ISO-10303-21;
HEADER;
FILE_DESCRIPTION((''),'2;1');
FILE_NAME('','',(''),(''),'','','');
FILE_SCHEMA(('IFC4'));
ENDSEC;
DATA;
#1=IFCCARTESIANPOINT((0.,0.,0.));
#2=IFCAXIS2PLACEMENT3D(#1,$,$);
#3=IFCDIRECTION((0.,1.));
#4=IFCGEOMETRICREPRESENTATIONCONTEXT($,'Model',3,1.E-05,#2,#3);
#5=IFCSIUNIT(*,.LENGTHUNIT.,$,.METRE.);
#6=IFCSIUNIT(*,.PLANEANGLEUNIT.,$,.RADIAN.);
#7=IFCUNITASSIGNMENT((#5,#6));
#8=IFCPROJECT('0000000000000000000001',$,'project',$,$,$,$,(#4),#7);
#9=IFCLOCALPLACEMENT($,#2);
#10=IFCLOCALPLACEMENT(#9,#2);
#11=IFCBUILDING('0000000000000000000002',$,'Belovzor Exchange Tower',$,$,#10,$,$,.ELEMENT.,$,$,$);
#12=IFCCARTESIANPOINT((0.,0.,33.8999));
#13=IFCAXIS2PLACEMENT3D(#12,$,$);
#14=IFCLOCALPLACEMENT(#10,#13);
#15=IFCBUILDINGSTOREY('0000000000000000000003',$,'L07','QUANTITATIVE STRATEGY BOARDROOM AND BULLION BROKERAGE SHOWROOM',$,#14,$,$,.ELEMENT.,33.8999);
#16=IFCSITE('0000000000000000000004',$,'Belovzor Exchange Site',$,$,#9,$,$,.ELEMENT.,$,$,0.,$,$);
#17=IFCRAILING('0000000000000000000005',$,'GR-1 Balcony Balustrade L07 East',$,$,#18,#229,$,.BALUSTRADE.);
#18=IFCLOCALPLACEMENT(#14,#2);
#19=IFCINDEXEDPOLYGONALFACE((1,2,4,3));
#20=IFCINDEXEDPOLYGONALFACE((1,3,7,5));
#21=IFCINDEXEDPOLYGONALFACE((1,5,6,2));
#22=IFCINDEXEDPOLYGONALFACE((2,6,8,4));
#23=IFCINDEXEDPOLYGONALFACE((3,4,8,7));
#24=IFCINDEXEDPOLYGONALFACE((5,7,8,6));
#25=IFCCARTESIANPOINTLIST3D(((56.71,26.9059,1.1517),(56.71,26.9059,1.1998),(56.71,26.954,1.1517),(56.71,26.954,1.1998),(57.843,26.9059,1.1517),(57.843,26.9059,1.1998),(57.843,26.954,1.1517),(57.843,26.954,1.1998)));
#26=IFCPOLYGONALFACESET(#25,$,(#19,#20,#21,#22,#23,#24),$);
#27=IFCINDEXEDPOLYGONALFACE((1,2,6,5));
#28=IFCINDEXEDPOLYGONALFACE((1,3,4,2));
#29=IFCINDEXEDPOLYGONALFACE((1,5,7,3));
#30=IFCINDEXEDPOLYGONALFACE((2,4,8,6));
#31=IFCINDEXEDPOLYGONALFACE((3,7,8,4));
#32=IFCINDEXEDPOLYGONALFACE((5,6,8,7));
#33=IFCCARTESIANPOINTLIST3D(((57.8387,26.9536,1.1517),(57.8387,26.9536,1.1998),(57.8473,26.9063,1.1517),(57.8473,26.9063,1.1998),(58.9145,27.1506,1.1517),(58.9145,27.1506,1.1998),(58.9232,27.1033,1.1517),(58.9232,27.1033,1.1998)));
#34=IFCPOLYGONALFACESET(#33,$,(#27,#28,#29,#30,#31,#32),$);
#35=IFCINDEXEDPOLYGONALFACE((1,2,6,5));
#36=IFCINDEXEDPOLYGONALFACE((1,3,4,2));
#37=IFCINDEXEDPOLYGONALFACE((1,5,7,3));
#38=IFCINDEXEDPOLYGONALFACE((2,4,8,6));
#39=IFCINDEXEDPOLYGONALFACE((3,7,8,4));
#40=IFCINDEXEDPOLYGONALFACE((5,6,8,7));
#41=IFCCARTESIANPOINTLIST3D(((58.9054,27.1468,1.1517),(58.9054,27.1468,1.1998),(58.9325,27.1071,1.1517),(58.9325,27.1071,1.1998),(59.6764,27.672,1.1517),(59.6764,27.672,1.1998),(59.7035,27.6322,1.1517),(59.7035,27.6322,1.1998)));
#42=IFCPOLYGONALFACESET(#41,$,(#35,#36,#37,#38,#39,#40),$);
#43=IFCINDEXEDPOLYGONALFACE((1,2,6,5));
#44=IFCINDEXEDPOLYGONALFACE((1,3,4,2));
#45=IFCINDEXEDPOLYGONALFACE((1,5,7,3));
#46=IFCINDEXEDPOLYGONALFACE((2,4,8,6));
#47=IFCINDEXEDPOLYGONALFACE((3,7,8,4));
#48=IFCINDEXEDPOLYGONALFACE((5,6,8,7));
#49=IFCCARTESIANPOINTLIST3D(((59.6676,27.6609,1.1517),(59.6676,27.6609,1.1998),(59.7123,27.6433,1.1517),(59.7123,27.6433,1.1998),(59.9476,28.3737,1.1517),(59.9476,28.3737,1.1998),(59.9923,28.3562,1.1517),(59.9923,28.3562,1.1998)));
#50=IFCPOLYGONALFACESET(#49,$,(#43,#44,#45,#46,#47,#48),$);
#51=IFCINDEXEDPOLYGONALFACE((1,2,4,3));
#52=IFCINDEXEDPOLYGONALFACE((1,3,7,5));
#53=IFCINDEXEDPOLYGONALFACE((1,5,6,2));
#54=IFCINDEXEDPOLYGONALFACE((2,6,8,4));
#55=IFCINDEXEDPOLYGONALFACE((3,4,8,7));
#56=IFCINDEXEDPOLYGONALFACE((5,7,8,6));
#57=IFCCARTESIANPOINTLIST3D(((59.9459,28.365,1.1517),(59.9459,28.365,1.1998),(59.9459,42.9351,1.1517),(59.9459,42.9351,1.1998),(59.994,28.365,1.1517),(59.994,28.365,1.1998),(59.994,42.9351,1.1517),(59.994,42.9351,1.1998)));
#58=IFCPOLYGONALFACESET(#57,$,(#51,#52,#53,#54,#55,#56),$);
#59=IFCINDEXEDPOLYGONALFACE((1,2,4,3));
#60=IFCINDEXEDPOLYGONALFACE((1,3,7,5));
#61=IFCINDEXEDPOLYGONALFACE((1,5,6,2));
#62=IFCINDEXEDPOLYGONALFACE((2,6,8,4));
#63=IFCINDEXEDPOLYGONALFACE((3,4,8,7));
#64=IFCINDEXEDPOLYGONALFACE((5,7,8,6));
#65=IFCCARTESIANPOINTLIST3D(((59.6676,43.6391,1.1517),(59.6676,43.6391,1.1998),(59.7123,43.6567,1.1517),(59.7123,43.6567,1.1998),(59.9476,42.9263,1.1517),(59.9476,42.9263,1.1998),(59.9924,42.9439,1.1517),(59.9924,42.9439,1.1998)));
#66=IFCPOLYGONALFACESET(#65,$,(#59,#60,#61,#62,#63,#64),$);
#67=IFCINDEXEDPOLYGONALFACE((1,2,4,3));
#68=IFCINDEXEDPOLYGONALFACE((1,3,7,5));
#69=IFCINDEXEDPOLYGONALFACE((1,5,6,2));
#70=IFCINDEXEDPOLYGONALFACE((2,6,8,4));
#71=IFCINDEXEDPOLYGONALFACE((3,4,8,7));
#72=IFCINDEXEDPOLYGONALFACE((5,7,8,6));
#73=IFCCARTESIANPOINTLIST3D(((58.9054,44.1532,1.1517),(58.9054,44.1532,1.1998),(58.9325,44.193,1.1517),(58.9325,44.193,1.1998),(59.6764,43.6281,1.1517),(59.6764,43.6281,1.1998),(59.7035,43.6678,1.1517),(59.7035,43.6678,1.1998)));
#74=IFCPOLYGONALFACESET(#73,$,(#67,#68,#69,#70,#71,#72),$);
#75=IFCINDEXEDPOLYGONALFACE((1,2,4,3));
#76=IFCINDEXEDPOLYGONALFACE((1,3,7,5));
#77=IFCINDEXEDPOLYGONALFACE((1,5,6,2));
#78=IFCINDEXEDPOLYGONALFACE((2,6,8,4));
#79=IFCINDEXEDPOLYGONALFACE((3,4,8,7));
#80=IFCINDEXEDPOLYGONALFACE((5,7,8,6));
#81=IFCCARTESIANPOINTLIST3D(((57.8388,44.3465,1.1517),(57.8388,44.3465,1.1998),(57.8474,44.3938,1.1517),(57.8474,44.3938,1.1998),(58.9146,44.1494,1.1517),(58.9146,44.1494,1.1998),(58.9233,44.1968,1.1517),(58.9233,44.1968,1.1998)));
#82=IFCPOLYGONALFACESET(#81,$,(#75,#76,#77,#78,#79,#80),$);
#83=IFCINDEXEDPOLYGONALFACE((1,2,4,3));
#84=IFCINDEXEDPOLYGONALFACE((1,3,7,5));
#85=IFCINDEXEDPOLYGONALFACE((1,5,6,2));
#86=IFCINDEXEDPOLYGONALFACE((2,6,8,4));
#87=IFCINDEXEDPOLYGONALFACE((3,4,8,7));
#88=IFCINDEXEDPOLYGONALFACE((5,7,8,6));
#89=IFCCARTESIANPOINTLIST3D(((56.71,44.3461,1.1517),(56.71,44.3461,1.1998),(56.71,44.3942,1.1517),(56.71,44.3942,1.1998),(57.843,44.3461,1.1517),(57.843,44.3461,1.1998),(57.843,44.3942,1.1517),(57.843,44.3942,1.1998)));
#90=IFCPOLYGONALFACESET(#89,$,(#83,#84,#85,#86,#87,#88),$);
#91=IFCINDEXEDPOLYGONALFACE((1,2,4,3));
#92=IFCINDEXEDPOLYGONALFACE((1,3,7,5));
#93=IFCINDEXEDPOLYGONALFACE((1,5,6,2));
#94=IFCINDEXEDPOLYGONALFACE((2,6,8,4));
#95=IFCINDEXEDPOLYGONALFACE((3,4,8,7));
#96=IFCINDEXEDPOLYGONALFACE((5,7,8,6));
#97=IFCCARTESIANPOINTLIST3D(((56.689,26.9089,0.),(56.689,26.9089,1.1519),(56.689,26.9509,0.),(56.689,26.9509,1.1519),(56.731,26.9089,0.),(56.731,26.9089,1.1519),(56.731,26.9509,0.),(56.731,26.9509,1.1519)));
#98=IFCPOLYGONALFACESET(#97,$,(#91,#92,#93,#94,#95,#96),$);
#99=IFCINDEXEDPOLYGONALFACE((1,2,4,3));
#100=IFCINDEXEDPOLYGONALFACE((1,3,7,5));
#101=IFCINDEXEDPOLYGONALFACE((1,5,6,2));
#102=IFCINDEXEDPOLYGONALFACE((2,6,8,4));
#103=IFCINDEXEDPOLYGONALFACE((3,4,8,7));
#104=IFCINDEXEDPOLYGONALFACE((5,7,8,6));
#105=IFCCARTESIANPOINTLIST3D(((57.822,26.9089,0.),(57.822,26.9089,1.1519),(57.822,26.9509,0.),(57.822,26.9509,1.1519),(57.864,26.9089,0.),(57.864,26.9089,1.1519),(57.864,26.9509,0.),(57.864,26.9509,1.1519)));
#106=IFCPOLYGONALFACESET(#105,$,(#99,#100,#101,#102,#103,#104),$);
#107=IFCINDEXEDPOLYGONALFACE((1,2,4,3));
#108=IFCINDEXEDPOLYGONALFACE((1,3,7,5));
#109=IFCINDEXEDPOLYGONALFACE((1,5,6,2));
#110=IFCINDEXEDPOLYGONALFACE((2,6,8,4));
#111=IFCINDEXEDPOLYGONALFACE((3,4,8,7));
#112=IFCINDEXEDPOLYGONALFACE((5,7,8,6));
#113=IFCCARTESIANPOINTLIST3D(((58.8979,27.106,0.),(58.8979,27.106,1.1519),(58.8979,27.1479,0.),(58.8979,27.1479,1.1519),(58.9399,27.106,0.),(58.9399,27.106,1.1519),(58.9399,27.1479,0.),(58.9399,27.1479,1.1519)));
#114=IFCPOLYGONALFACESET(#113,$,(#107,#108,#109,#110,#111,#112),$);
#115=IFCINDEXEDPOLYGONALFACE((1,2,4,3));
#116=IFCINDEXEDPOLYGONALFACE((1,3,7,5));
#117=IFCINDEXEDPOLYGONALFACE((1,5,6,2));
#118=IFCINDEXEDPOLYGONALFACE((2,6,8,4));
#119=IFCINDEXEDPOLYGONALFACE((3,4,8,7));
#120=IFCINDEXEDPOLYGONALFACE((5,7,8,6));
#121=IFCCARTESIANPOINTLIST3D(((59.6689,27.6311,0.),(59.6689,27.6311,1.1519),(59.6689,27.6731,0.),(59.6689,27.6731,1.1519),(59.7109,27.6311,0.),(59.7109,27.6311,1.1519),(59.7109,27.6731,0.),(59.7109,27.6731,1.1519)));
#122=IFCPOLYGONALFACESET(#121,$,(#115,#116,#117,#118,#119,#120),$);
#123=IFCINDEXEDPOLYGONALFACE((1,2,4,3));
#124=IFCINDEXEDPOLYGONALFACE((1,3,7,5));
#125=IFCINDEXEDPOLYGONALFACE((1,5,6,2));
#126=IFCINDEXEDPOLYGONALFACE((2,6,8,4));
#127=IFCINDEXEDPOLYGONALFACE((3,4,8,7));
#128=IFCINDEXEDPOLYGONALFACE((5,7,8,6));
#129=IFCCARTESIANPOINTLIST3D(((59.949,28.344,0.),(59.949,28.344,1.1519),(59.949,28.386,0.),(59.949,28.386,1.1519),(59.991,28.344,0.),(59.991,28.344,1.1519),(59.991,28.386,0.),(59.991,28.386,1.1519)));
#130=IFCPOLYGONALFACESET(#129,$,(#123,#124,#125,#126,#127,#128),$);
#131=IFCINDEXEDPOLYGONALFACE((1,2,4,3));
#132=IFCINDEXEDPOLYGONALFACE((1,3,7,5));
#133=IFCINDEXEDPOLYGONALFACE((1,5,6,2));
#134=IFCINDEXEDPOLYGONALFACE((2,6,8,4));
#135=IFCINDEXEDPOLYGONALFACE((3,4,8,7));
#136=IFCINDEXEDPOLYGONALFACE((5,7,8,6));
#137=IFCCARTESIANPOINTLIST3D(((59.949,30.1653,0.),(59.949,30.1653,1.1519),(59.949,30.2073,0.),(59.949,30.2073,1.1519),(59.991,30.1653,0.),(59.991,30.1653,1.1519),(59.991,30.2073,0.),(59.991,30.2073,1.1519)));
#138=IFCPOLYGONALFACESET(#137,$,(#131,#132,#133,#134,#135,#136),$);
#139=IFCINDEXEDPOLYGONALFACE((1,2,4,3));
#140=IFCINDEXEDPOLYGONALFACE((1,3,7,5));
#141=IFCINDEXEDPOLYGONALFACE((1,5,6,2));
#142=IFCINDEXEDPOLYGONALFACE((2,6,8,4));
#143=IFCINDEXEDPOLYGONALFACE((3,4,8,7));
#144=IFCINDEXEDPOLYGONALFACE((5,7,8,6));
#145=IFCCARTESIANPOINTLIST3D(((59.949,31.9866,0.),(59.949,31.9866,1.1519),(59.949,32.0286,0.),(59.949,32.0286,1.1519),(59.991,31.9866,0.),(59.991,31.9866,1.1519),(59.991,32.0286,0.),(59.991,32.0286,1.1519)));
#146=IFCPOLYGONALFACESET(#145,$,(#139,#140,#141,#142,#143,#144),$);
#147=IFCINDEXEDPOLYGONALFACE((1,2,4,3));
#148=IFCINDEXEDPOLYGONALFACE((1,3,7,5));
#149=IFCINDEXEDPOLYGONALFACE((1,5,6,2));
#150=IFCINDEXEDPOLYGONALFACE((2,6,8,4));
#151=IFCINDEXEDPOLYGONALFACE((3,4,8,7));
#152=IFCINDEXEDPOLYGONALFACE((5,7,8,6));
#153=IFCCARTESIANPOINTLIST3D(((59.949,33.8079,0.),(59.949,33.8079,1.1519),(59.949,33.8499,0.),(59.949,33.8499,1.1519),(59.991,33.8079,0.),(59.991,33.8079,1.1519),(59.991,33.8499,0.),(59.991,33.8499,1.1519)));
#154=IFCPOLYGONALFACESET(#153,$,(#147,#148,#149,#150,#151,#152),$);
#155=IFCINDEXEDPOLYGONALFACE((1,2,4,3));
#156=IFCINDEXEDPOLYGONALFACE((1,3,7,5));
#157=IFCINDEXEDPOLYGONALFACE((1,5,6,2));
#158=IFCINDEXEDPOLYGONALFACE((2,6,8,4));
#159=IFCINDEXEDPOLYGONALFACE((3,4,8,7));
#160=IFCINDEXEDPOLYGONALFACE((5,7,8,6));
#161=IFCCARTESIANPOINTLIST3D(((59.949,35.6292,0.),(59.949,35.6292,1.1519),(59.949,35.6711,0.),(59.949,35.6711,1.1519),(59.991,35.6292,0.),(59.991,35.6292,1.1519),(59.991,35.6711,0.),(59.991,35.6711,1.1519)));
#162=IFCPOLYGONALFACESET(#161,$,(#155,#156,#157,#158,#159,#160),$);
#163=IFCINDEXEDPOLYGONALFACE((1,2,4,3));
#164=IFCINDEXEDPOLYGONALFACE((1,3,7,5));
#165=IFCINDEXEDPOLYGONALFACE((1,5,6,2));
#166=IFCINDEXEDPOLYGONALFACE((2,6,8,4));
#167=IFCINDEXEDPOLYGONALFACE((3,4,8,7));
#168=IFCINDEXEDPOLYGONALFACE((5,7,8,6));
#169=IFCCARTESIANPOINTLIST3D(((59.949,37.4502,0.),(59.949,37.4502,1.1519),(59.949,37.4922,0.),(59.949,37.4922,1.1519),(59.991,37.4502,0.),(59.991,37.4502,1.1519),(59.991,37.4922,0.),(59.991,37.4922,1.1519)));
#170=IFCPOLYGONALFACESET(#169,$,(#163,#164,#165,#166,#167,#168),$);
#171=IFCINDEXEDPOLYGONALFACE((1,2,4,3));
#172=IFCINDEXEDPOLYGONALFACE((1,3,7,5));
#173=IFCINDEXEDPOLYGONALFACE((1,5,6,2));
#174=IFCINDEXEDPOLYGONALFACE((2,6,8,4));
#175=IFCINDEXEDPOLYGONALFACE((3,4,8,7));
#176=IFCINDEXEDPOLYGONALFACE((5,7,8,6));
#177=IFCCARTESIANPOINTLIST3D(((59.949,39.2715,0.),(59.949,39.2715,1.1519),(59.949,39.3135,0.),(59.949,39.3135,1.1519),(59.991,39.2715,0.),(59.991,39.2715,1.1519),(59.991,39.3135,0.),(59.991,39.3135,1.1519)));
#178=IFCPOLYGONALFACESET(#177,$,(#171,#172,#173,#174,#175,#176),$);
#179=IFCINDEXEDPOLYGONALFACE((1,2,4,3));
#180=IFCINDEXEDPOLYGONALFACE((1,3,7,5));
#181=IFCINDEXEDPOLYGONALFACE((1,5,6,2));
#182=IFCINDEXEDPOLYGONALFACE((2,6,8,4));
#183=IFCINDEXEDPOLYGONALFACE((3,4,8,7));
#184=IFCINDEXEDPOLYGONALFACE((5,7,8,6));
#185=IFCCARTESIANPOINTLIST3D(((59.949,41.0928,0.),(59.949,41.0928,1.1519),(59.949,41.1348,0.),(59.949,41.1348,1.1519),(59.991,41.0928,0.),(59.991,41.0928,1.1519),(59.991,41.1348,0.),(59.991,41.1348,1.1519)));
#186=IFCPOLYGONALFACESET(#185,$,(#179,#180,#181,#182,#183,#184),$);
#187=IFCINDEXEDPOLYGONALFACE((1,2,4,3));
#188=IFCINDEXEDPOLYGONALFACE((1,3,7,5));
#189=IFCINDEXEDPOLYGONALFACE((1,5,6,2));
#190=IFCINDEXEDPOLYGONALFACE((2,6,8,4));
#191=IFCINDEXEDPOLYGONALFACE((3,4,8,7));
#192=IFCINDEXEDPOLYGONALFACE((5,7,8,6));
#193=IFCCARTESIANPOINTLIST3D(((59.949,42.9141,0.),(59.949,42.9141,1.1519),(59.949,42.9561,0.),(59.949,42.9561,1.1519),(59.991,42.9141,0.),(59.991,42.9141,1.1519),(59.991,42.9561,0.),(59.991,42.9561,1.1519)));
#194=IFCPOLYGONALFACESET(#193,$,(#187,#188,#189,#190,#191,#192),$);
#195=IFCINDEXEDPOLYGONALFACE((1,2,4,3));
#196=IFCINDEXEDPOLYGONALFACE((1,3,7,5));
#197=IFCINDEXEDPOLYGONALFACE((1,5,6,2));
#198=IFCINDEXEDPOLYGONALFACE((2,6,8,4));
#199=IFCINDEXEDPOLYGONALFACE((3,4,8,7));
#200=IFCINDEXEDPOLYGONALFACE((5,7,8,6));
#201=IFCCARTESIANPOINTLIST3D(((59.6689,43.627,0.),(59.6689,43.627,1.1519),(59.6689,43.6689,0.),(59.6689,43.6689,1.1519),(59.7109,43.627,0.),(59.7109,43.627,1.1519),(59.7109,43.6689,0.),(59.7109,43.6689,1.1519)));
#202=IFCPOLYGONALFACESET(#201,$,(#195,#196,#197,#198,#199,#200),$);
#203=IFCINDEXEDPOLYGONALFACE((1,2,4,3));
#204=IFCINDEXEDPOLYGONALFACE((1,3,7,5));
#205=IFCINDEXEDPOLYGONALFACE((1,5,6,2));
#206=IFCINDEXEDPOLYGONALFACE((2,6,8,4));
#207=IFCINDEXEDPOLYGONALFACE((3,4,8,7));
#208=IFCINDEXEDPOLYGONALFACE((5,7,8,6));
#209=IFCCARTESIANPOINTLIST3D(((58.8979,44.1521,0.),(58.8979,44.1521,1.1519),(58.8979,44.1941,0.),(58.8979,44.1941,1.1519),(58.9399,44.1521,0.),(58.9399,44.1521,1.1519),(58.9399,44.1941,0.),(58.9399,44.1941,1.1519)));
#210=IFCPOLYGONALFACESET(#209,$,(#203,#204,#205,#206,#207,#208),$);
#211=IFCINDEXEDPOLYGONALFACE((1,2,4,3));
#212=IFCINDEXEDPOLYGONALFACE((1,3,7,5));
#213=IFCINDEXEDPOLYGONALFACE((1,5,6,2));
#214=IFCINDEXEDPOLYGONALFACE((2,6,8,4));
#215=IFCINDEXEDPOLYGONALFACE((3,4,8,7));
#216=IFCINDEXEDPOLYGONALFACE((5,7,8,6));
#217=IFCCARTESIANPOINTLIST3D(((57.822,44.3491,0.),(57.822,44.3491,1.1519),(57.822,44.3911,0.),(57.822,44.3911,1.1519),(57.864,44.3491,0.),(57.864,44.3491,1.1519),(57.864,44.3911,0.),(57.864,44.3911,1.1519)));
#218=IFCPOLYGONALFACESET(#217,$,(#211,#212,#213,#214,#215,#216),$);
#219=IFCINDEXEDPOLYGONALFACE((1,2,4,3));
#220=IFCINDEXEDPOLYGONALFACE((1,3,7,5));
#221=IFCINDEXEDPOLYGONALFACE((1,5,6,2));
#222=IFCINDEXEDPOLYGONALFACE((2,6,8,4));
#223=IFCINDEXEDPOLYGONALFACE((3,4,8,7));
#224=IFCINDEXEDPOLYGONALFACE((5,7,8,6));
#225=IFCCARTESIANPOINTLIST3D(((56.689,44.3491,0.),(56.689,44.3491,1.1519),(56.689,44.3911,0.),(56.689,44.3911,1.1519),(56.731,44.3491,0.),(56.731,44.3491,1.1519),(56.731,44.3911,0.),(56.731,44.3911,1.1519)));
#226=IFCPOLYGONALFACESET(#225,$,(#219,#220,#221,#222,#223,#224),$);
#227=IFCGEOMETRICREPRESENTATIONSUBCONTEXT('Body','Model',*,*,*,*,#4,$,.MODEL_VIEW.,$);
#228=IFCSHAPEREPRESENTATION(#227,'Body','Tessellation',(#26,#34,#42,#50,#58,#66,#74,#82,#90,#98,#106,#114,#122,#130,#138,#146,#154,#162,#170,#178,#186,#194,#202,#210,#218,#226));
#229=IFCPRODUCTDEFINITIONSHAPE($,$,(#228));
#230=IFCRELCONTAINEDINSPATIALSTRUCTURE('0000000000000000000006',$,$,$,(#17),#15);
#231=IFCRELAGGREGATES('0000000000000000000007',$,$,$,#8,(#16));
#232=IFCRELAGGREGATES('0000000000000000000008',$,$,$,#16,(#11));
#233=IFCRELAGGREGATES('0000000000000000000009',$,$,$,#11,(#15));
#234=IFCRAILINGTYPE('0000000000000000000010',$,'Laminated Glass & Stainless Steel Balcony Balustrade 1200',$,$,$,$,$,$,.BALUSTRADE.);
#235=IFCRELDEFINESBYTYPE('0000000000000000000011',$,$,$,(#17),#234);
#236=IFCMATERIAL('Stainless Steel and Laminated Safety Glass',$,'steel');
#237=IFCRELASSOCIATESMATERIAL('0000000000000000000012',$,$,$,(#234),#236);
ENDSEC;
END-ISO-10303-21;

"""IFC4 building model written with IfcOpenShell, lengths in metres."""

from ifc_helpers import new_model, si_unit, direction, frame, origin, origin_2d, place, context, subcontext, project, spatial, rectangle, extrude, material, type_object, element, save


model = new_model("IFC4")

# Units and contexts
model_context = context("Model", 3, precision=1e-05, world=origin(), true_north=direction((0.0, 1.0)))
body_context = subcontext(model_context, "Body", "Model", "MODEL_VIEW")
ifc_project = project(units=[si_unit("LENGTHUNIT", "METRE"), si_unit("PLANEANGLEUNIT", "RADIAN")], contexts=[model_context])

# Site, building, storey
site_placement = place(None, origin())
site = spatial("IfcSite", under=ifc_project, at=site_placement, Name="Belovzor Exchange Site", CompositionType="ELEMENT", RefElevation=0.0)
building_placement = place(site_placement, origin())
building = spatial("IfcBuilding", under=site, at=building_placement, Name="Belovzor Exchange Tower", CompositionType="ELEMENT")
storey_placement = place(building_placement, frame((0.0, 0.0, 33.8999)))
storey = spatial("IfcBuildingStorey", under=building, at=storey_placement, Name="L07", Description="QUANTITATIVE STRATEGY BOARDROOM AND BULLION BROKERAGE SHOWROOM", CompositionType="ELEMENT", Elevation=33.8999)

# Railing
ifc_material_1 = material(Name="Stainless Steel and Laminated Safety Glass", Category="steel")
railing_type = type_object("IfcRailingType", Name="Laminated Glass & Stainless Steel Balcony Balustrade 1200", PredefinedType="BALUSTRADE", material=ifc_material_1)
railing_placement = place(storey_placement, frame((56.71, 26.9299, 0.0)))
element("IfcRailing", 1, at=railing_placement, inside=storey, type_object=railing_type, Name="GR-1 Balcony Balustrade L07 East", PredefinedType="BALUSTRADE", context=body_context, shape_type="SweptSolid", body=[
    extrude(rectangle(XDim=0.0481, YDim=0.0481, at=origin_2d()), frame((0.0, 0.0, 1.1758), z_axis=(1.0, 0.0, 0.0), x_axis=(0.0, 1.0, 0.0)), (0.0, 0.0, 1.0), 1.1331),
    extrude(rectangle(XDim=0.0481, YDim=0.0481, at=origin_2d()), frame((1.1331, 0.0, 1.1758), z_axis=(0.983644, 0.180123, 0.0), x_axis=(-0.180123, 0.983644, 0.0)), (0.0, 0.0, 1.0), 1.0938),
    extrude(rectangle(XDim=0.0481, YDim=0.0481, at=origin_2d()), frame((2.209, 0.197, 1.1758), z_axis=(0.826493, 0.562947, 0.0), x_axis=(-0.562947, 0.826493, 0.0)), (0.0, 0.0, 1.0), 0.9329),
    extrude(rectangle(XDim=0.0481, YDim=0.0481, at=origin_2d()), frame((2.98, 0.7222, 1.1758), z_axis=(0.365613, 0.930767, 0.0), x_axis=(-0.930767, 0.365613, 0.0)), (0.0, 0.0, 1.0), 0.7659),
    extrude(rectangle(XDim=0.0481, YDim=0.0481, at=origin_2d()), frame((3.26, 1.4351, 1.1758), z_axis=(0.0, 1.0, 0.0), x_axis=(-1.0, 0.0, 0.0)), (0.0, 0.0, 1.0), 14.5701),
    extrude(rectangle(XDim=0.0481, YDim=0.0481, at=origin_2d()), frame((3.26, 16.0051, 1.1758), z_axis=(-0.365613, 0.930767, 0.0), x_axis=(-0.930767, -0.365613, 0.0)), (0.0, 0.0, 1.0), 0.7659),
    extrude(rectangle(XDim=0.0481, YDim=0.0481, at=origin_2d()), frame((2.98, 16.718, 1.1758), z_axis=(-0.826493, 0.562947, 0.0), x_axis=(-0.562947, -0.826493, 0.0)), (0.0, 0.0, 1.0), 0.9329),
    extrude(rectangle(XDim=0.0481, YDim=0.0481, at=origin_2d()), frame((2.209, 17.2432, 1.1758), z_axis=(-0.983644, 0.180123, 0.0), x_axis=(-0.180123, -0.983644, 0.0)), (0.0, 0.0, 1.0), 1.0938),
    extrude(rectangle(XDim=0.0481, YDim=0.0481, at=origin_2d()), frame((1.1331, 17.4402, 1.1758), z_axis=(-1.0, 0.0, 0.0), x_axis=(0.0, -1.0, 0.0)), (0.0, 0.0, 1.0), 1.1331),
    extrude(rectangle(XDim=0.042, YDim=0.042, at=origin_2d()), origin(), (0.0, 0.0, 1.0), 1.1519),
    extrude(rectangle(XDim=0.042, YDim=0.042, at=origin_2d()), frame((1.1331, 0.0, 0.0)), (0.0, 0.0, 1.0), 1.1519),
    extrude(rectangle(XDim=0.042, YDim=0.042, at=origin_2d()), frame((2.209, 0.197, 0.0)), (0.0, 0.0, 1.0), 1.1519),
    extrude(rectangle(XDim=0.042, YDim=0.042, at=origin_2d()), frame((2.98, 0.7222, 0.0)), (0.0, 0.0, 1.0), 1.1519),
    extrude(rectangle(XDim=0.042, YDim=0.042, at=origin_2d()), frame((3.26, 1.4351, 0.0)), (0.0, 0.0, 1.0), 1.1519),
    extrude(rectangle(XDim=0.042, YDim=0.042, at=origin_2d()), frame((3.26, 3.2563, 0.0)), (0.0, 0.0, 1.0), 1.1519),
    extrude(rectangle(XDim=0.042, YDim=0.042, at=origin_2d()), frame((3.26, 5.0776, 0.0)), (0.0, 0.0, 1.0), 1.1519),
    extrude(rectangle(XDim=0.042, YDim=0.042, at=origin_2d()), frame((3.26, 6.8989, 0.0)), (0.0, 0.0, 1.0), 1.1519),
    extrude(rectangle(XDim=0.042, YDim=0.042, at=origin_2d()), frame((3.26, 8.7202, 0.0)), (0.0, 0.0, 1.0), 1.1519),
    extrude(rectangle(XDim=0.042, YDim=0.042, at=origin_2d()), frame((3.26, 10.5413, 0.0)), (0.0, 0.0, 1.0), 1.1519),
    extrude(rectangle(XDim=0.042, YDim=0.042, at=origin_2d()), frame((3.26, 12.3625, 0.0)), (0.0, 0.0, 1.0), 1.1519),
    extrude(rectangle(XDim=0.042, YDim=0.042, at=origin_2d()), frame((3.26, 14.1838, 0.0)), (0.0, 0.0, 1.0), 1.1519),
    extrude(rectangle(XDim=0.042, YDim=0.042, at=origin_2d()), frame((3.26, 16.0051, 0.0)), (0.0, 0.0, 1.0), 1.1519),
    extrude(rectangle(XDim=0.042, YDim=0.042, at=origin_2d()), frame((2.98, 16.718, 0.0)), (0.0, 0.0, 1.0), 1.1519),
    extrude(rectangle(XDim=0.042, YDim=0.042, at=origin_2d()), frame((2.209, 17.2432, 0.0)), (0.0, 0.0, 1.0), 1.1519),
    extrude(rectangle(XDim=0.042, YDim=0.042, at=origin_2d()), frame((1.1331, 17.4402, 0.0)), (0.0, 0.0, 1.0), 1.1519),
    extrude(rectangle(XDim=0.042, YDim=0.042, at=origin_2d()), frame((0.0, 17.4402, 0.0)), (0.0, 0.0, 1.0), 1.1519),
])

save(model, "model.ifc")
